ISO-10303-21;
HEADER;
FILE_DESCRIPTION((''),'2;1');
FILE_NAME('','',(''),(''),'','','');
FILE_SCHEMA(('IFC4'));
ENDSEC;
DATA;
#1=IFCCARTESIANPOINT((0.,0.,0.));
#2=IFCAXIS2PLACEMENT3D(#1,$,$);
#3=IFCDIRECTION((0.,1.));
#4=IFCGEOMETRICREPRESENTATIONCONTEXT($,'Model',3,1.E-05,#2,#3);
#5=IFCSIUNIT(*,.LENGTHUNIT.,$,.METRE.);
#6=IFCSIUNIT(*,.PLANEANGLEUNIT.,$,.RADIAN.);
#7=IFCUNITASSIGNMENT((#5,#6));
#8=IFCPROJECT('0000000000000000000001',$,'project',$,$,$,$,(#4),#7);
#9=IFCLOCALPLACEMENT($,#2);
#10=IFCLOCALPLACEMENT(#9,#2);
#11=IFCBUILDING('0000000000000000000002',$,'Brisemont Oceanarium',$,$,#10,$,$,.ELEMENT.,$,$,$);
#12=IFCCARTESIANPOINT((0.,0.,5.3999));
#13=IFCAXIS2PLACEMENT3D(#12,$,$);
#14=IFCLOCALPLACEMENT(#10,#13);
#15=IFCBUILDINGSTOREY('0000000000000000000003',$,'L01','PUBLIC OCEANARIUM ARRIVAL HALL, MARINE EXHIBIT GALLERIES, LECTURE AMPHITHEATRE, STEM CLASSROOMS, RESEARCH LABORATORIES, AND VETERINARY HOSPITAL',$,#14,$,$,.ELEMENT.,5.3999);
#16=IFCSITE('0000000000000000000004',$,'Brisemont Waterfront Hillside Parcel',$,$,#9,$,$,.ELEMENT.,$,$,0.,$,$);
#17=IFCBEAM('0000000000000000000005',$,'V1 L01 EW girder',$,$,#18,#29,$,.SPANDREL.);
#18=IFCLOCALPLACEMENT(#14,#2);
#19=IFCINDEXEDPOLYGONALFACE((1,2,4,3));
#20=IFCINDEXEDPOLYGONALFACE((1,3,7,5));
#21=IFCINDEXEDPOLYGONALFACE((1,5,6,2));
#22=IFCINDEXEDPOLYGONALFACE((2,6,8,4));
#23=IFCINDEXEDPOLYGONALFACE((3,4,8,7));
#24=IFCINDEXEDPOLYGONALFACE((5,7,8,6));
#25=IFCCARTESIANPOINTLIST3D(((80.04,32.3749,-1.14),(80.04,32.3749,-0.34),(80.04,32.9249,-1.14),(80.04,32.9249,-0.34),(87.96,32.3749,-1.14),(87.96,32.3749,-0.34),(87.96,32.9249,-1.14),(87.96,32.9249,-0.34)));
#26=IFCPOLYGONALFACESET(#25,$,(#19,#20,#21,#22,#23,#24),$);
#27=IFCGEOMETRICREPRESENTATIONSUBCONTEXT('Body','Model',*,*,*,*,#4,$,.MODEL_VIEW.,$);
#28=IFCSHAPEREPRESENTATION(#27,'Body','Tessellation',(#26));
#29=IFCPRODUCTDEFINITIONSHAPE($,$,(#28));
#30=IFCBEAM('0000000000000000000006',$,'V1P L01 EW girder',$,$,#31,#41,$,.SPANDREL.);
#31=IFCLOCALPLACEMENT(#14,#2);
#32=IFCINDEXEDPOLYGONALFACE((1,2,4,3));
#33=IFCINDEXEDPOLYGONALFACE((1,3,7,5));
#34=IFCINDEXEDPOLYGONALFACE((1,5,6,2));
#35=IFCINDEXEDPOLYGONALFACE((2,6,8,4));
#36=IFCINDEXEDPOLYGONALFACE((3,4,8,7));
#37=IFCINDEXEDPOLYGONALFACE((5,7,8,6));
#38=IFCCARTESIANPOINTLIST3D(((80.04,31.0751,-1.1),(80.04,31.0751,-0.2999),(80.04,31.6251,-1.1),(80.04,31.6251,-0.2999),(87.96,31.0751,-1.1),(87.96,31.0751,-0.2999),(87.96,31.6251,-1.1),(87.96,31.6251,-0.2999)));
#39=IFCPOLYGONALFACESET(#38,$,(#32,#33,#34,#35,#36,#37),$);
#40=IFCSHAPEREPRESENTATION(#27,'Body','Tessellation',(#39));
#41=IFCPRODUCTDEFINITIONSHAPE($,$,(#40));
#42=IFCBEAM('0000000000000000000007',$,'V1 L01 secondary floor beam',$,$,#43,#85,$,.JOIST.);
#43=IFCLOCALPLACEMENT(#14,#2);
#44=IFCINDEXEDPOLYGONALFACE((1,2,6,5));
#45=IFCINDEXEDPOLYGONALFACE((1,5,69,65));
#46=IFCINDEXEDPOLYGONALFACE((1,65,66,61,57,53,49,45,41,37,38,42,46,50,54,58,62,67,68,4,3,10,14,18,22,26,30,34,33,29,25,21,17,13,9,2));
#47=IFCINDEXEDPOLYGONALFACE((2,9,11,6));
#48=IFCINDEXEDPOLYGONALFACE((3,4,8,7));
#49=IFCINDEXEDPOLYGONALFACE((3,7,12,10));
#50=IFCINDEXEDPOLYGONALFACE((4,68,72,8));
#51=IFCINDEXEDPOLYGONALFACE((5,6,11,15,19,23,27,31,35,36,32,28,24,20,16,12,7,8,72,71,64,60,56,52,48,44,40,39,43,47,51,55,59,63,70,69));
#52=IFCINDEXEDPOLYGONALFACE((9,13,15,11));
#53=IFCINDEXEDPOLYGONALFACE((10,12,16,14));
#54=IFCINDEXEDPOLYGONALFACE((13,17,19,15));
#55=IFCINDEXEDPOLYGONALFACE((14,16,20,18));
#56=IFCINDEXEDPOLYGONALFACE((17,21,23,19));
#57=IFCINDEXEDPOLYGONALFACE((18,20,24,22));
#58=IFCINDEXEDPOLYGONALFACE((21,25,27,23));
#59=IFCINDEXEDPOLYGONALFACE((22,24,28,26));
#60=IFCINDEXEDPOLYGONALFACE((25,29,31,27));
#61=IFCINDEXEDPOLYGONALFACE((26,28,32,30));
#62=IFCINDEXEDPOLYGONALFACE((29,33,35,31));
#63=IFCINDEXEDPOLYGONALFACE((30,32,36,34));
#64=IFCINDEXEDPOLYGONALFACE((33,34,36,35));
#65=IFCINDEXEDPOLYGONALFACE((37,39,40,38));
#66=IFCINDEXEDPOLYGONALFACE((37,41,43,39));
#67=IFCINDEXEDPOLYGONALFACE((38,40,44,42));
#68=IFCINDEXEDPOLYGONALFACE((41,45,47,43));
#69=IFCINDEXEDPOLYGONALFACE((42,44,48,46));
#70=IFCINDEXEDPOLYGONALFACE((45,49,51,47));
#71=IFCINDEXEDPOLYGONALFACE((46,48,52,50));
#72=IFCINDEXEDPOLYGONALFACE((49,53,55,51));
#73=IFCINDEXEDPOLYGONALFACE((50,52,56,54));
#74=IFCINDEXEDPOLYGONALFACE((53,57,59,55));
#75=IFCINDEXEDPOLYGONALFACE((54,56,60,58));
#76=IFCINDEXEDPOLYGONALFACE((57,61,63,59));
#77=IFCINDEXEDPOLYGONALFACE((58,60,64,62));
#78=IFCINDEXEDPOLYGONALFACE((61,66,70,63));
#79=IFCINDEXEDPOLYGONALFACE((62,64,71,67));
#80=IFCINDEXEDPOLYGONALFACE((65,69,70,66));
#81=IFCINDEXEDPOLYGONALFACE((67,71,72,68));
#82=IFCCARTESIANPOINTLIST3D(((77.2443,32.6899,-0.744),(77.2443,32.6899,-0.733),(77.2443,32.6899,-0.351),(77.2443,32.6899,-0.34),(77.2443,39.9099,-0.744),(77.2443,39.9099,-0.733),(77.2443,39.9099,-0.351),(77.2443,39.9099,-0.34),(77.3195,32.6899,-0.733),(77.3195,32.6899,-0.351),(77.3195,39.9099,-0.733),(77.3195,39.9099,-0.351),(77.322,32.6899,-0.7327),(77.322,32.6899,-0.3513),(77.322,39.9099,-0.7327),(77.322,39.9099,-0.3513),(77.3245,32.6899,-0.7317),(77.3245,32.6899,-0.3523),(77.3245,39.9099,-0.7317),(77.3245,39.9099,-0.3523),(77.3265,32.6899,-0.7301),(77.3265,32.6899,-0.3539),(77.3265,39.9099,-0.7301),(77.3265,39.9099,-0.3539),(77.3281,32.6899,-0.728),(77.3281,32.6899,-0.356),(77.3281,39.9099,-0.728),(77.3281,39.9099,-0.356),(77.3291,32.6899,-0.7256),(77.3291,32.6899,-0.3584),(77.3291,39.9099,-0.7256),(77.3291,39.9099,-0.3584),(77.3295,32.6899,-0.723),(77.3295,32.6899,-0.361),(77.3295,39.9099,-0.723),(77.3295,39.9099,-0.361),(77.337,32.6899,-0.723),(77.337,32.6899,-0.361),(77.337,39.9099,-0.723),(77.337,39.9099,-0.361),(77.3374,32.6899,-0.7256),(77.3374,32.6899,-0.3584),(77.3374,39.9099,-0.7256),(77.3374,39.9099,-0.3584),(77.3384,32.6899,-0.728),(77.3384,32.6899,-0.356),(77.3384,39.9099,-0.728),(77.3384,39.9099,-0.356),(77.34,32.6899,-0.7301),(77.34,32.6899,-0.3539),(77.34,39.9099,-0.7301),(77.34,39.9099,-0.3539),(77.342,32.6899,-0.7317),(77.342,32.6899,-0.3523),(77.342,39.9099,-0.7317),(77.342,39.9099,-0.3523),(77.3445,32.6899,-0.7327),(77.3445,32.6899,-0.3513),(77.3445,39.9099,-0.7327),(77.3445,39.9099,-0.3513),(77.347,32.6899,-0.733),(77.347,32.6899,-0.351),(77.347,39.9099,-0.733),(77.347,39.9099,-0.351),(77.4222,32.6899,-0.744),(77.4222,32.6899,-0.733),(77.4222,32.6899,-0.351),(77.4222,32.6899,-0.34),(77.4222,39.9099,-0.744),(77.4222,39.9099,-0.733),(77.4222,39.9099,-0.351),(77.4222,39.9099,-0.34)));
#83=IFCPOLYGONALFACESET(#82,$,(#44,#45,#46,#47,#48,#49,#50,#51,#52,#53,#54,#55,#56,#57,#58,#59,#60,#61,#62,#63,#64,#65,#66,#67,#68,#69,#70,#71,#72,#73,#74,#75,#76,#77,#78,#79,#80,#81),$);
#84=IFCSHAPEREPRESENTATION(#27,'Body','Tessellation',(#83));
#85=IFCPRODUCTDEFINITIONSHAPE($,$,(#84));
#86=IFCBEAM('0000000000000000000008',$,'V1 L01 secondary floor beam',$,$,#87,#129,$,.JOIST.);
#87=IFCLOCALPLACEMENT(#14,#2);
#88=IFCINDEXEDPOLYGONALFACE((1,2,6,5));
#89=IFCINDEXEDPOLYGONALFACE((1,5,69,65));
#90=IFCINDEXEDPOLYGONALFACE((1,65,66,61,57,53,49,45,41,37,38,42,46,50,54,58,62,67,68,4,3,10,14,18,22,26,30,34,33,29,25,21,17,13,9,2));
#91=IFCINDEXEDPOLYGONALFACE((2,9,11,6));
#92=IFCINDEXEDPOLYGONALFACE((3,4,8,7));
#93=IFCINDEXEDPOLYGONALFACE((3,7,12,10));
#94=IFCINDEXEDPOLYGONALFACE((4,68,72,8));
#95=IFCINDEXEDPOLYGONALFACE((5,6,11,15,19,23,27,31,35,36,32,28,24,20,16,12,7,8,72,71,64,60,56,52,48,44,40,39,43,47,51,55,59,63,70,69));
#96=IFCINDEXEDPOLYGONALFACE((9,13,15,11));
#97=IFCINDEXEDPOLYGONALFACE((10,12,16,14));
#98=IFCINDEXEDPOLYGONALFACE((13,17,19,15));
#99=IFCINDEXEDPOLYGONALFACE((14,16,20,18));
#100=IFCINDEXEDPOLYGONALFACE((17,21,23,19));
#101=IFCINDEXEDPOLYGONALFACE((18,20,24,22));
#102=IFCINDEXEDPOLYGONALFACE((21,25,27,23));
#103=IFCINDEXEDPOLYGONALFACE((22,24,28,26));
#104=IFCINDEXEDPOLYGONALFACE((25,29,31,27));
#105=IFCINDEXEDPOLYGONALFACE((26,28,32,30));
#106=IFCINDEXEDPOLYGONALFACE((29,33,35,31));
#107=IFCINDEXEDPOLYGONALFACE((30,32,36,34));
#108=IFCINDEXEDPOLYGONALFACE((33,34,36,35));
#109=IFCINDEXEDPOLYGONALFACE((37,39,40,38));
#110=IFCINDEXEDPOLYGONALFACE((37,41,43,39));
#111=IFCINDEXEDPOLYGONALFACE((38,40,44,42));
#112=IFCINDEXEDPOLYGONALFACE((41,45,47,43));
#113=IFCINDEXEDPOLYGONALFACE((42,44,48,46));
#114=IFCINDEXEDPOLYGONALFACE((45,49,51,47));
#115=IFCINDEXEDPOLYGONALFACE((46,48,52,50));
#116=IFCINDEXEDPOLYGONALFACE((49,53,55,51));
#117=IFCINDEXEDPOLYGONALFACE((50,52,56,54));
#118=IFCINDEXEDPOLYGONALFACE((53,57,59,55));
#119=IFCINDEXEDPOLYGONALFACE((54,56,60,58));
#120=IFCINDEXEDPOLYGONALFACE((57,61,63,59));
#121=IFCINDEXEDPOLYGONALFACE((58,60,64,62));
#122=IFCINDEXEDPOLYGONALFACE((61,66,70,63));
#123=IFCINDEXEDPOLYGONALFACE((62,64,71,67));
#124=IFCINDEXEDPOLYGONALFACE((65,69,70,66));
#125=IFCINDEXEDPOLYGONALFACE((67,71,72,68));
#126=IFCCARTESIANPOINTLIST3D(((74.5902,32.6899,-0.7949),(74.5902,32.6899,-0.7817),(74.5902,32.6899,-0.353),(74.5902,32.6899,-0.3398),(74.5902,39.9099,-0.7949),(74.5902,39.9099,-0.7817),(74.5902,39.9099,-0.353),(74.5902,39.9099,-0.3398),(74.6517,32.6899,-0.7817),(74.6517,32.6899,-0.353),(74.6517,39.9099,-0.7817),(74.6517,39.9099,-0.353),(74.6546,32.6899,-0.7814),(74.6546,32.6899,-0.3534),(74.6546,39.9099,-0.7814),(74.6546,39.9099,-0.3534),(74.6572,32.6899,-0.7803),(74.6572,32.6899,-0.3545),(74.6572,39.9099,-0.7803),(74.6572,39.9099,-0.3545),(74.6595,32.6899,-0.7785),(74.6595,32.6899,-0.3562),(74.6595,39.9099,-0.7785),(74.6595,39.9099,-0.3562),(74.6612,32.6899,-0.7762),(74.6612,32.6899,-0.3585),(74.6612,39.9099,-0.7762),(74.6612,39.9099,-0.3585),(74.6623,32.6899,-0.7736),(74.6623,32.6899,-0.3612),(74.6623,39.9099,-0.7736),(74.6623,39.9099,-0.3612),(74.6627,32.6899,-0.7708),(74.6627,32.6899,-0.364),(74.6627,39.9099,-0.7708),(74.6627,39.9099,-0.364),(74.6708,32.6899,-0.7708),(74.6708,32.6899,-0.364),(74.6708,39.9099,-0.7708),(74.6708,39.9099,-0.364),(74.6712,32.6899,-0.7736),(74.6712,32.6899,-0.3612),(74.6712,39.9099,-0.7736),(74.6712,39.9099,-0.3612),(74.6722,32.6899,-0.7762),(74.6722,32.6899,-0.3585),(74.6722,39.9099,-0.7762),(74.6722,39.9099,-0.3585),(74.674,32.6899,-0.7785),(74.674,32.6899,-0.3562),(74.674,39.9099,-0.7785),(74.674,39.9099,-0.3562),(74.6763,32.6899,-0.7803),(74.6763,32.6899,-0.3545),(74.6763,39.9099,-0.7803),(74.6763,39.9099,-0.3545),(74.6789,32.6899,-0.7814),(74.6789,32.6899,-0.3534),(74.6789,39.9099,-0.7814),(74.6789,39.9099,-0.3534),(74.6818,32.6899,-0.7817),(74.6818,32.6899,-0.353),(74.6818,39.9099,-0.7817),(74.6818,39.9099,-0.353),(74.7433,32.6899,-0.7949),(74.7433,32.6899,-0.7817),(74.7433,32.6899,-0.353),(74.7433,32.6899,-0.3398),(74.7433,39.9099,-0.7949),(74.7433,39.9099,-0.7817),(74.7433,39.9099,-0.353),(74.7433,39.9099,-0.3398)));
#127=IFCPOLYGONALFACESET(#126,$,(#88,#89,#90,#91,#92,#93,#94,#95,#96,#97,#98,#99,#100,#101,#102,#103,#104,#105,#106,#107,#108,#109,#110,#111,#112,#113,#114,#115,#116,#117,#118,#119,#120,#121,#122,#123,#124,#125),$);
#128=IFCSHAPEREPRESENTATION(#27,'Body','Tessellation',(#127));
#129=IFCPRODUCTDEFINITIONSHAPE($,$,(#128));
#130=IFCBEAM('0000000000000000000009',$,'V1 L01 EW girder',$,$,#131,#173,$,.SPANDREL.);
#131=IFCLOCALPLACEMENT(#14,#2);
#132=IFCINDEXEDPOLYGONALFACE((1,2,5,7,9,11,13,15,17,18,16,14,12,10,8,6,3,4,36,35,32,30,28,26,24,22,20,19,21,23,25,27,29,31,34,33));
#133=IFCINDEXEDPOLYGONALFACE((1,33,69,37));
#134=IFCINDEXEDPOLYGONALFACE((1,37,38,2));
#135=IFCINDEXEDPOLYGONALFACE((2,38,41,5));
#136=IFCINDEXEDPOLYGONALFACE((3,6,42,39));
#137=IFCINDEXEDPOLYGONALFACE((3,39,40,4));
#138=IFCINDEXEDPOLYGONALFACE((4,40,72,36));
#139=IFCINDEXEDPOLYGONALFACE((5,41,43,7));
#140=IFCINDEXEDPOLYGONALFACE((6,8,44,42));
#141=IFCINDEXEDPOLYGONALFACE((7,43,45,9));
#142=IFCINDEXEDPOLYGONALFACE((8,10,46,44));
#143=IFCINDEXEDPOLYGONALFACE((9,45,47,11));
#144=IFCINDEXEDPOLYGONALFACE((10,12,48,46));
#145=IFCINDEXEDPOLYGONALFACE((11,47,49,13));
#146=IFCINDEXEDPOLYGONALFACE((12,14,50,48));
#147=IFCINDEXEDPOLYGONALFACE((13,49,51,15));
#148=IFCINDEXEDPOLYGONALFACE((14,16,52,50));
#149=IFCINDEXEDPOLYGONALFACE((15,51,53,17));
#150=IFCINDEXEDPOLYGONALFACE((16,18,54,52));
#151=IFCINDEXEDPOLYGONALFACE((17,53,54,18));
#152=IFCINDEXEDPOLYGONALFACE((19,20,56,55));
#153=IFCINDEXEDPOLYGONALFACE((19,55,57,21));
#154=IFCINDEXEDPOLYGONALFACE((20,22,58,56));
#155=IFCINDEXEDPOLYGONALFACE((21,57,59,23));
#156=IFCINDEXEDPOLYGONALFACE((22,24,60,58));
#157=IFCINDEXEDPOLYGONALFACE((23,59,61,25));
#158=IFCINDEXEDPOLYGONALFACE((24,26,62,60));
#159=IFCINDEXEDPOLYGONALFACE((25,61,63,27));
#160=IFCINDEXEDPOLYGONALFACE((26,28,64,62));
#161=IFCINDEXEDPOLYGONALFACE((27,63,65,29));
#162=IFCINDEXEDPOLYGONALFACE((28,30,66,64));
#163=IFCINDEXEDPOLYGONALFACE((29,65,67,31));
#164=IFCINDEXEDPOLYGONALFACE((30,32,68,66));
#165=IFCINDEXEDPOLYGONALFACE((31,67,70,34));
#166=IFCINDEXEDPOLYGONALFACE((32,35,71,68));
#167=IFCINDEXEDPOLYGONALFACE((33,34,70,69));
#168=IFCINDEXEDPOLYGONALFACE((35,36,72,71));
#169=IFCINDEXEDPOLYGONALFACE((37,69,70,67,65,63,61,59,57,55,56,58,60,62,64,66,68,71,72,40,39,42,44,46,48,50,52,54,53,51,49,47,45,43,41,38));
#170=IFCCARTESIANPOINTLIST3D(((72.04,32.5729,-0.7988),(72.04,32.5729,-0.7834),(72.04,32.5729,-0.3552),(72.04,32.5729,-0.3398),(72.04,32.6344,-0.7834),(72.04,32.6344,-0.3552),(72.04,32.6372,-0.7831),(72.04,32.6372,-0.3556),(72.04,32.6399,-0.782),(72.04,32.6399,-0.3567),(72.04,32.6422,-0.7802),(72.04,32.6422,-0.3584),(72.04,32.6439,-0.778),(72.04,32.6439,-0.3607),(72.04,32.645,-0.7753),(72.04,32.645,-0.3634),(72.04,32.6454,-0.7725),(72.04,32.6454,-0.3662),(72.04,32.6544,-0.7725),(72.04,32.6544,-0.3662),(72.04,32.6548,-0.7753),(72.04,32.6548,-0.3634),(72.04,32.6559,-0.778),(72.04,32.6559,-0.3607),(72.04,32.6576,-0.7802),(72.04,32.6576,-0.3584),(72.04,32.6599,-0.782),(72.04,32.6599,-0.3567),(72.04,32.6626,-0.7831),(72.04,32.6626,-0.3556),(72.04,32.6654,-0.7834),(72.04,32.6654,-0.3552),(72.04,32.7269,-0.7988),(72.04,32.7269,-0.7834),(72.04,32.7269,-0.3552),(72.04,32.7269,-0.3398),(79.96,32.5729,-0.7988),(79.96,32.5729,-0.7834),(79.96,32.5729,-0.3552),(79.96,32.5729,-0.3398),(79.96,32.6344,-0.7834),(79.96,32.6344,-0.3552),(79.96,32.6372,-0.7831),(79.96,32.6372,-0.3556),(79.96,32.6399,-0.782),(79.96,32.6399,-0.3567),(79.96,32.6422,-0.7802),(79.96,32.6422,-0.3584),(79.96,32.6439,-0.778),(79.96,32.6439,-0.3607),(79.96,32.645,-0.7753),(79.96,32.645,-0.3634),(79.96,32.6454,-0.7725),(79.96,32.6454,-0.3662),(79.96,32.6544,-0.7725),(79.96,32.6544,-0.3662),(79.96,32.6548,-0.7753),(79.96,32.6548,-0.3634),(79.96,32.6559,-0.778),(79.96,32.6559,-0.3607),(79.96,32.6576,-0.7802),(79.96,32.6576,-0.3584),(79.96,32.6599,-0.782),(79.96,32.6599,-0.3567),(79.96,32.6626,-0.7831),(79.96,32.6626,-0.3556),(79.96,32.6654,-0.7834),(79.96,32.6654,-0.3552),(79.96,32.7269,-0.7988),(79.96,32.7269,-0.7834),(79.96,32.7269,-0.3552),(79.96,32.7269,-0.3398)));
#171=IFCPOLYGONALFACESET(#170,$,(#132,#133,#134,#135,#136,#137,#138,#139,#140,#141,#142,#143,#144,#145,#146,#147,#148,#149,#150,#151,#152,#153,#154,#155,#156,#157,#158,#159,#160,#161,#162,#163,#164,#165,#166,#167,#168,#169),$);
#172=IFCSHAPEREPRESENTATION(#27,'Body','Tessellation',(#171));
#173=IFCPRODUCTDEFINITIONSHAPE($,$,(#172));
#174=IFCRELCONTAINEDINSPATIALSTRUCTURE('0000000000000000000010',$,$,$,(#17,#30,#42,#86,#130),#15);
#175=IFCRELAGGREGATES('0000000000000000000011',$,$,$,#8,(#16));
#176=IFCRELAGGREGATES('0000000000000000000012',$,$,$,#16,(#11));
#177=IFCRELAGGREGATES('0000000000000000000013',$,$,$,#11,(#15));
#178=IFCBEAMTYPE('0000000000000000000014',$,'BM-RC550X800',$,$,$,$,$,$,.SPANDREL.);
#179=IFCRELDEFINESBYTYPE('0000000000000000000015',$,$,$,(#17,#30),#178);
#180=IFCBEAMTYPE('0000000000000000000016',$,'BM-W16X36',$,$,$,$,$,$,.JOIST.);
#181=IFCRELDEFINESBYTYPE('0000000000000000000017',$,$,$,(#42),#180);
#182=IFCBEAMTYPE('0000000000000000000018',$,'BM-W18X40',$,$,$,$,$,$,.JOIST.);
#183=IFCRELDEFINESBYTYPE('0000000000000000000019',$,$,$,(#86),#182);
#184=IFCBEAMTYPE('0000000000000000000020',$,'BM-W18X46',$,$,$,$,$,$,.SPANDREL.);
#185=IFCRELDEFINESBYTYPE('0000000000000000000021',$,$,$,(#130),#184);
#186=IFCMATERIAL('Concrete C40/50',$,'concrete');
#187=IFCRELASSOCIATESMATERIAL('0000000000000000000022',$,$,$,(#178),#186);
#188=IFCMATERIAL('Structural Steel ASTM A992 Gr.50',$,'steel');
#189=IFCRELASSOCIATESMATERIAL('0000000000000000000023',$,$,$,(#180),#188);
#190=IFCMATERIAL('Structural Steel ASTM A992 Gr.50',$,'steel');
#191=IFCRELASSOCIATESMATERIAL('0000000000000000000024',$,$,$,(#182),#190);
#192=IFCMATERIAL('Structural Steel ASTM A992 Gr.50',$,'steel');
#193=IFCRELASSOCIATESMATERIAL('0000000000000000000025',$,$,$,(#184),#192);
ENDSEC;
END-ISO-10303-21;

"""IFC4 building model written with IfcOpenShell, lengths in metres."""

from ifc_helpers import new_model, si_unit, direction, frame, origin, origin_2d, place, context, subcontext, project, spatial, rectangle, i_section, extrude, material, material_profile, profile_set, type_object, element, save


model = new_model("IFC4")

# Units and contexts
model_context = context("Model", 3, precision=1e-05, world=origin(), true_north=direction((0.0, 1.0)))
body_context = subcontext(model_context, "Body", "Model", "MODEL_VIEW")
ifc_project = project(units=[si_unit("LENGTHUNIT", "METRE"), si_unit("PLANEANGLEUNIT", "RADIAN")], contexts=[model_context])

# Site, building, storey
site_placement = place(None, origin())
site = spatial("IfcSite", under=ifc_project, at=site_placement, Name="Brisemont Waterfront Hillside Parcel", CompositionType="ELEMENT", RefElevation=0.0)
building_placement = place(site_placement, origin())
building = spatial("IfcBuilding", under=site, at=building_placement, Name="Brisemont Oceanarium", CompositionType="ELEMENT")
storey_placement = place(building_placement, frame((0.0, 0.0, 5.3999)))
storey = spatial("IfcBuildingStorey", under=building, at=storey_placement, Name="L01", Description="PUBLIC OCEANARIUM ARRIVAL HALL, MARINE EXHIBIT GALLERIES, LECTURE AMPHITHEATRE, STEM CLASSROOMS, RESEARCH LABORATORIES, AND VETERINARY HOSPITAL", CompositionType="ELEMENT", Elevation=5.3999)

# Beams
ifc_material_1 = material(Name="Concrete C40/50", Category="concrete")
ifc_material_profile_1 = material_profile(ifc_material_1, rectangle(XDim=0.55, YDim=0.8, at=origin_2d()), Name="RC-BM-550X800")
ifc_profile_set_1 = profile_set([ifc_material_profile_1], Name="Concrete C40/50")
beam_type_1 = type_object("IfcBeamType", Name="BM-RC550X800", PredefinedType="SPANDREL", material=ifc_profile_set_1)
for number, where, z_axis, x_axis, name in (
    (1, (80.04, 32.6499, -0.74), (1.0, 0.0, 0.0), (0.0, 1.0, 0.0), "V1 L01 EW girder"),
    (2, (80.04, 31.3501, -0.7), (1.0, 0.0, 0.0), (0.0, 1.0, 0.0), "V1P L01 EW girder"),
):
    element("IfcBeam", number, at=place(storey_placement, frame(where, z_axis=z_axis, x_axis=x_axis)), inside=storey, type_object=beam_type_1, Name=name, PredefinedType="SPANDREL", context=body_context, shape_type="SweptSolid", body=[
        extrude(rectangle(XDim=0.55, YDim=0.8, at=origin_2d()), origin(), (0.0, 0.0, 1.0), 7.9199),
    ])
ifc_material_2 = material(Name="Structural Steel ASTM A992 Gr.50", Category="steel")
ifc_material_profile_2 = material_profile(ifc_material_2, i_section(OverallWidth=0.178, OverallDepth=0.4041, WebThickness=0.0076, FlangeThickness=0.011, FilletRadius=0.01, at=origin_2d()), Name="W16X36")
ifc_profile_set_2 = profile_set([ifc_material_profile_2], Name="Structural Steel ASTM A992 Gr.50")
beam_type_2 = type_object("IfcBeamType", Name="BM-W16X36", PredefinedType="JOIST", material=ifc_profile_set_2)
beam_1_placement = place(storey_placement, frame((77.3333, 32.6899, -0.542), z_axis=(0.0, 1.0, 0.0), x_axis=(-1.0, 0.0, 0.0)))
element("IfcBeam", 3, at=beam_1_placement, inside=storey, type_object=beam_type_2, Name="V1 L01 secondary floor beam", PredefinedType="JOIST", context=body_context, shape_type="SweptSolid", body=[
    extrude(i_section(OverallWidth=0.178, OverallDepth=0.4041, WebThickness=0.0076, FlangeThickness=0.011, FilletRadius=0.01, at=origin_2d()), origin(), (0.0, 0.0, 1.0), 7.22),
])
ifc_material_3 = material(Name="Structural Steel ASTM A992 Gr.50", Category="steel")
ifc_material_profile_3 = material_profile(ifc_material_3, i_section(OverallWidth=0.1531, OverallDepth=0.4551, WebThickness=0.0081, FlangeThickness=0.0132, FilletRadius=0.011, at=origin_2d()), Name="W18X40")
ifc_profile_set_3 = profile_set([ifc_material_profile_3], Name="Structural Steel ASTM A992 Gr.50")
beam_type_3 = type_object("IfcBeamType", Name="BM-W18X40", PredefinedType="JOIST", material=ifc_profile_set_3)
beam_2_placement = place(storey_placement, frame((74.6667, 32.6899, -0.5674), z_axis=(0.0, 1.0, 0.0), x_axis=(-1.0, 0.0, 0.0)))
element("IfcBeam", 4, at=beam_2_placement, inside=storey, type_object=beam_type_3, Name="V1 L01 secondary floor beam", PredefinedType="JOIST", context=body_context, shape_type="SweptSolid", body=[
    extrude(i_section(OverallWidth=0.1531, OverallDepth=0.4551, WebThickness=0.0081, FlangeThickness=0.0132, FilletRadius=0.011, at=origin_2d()), origin(), (0.0, 0.0, 1.0), 7.22),
])
ifc_material_4 = material(Name="Structural Steel ASTM A992 Gr.50", Category="steel")
ifc_material_profile_4 = material_profile(ifc_material_4, i_section(OverallWidth=0.1541, OverallDepth=0.459, WebThickness=0.009, FlangeThickness=0.0154, FilletRadius=0.011, at=origin_2d()), Name="W18X46")
ifc_profile_set_4 = profile_set([ifc_material_profile_4], Name="Structural Steel ASTM A992 Gr.50")
beam_type_4 = type_object("IfcBeamType", Name="BM-W18X46", PredefinedType="SPANDREL", material=ifc_profile_set_4)
for number, where, z_axis, x_axis, name in (
    (5, (72.04, 32.6499, -0.5693), (1.0, 0.0, 0.0), (0.0, 1.0, 0.0), "V1 L01 EW girder"),
):
    element("IfcBeam", number, at=place(storey_placement, frame(where, z_axis=z_axis, x_axis=x_axis)), inside=storey, type_object=beam_type_4, Name=name, PredefinedType="SPANDREL", context=body_context, shape_type="SweptSolid", body=[
        extrude(i_section(OverallWidth=0.1541, OverallDepth=0.459, WebThickness=0.009, FlangeThickness=0.0154, FilletRadius=0.011, at=origin_2d()), origin(), (0.0, 0.0, 1.0), 7.9199),
    ])

save(model, "model.ifc")
